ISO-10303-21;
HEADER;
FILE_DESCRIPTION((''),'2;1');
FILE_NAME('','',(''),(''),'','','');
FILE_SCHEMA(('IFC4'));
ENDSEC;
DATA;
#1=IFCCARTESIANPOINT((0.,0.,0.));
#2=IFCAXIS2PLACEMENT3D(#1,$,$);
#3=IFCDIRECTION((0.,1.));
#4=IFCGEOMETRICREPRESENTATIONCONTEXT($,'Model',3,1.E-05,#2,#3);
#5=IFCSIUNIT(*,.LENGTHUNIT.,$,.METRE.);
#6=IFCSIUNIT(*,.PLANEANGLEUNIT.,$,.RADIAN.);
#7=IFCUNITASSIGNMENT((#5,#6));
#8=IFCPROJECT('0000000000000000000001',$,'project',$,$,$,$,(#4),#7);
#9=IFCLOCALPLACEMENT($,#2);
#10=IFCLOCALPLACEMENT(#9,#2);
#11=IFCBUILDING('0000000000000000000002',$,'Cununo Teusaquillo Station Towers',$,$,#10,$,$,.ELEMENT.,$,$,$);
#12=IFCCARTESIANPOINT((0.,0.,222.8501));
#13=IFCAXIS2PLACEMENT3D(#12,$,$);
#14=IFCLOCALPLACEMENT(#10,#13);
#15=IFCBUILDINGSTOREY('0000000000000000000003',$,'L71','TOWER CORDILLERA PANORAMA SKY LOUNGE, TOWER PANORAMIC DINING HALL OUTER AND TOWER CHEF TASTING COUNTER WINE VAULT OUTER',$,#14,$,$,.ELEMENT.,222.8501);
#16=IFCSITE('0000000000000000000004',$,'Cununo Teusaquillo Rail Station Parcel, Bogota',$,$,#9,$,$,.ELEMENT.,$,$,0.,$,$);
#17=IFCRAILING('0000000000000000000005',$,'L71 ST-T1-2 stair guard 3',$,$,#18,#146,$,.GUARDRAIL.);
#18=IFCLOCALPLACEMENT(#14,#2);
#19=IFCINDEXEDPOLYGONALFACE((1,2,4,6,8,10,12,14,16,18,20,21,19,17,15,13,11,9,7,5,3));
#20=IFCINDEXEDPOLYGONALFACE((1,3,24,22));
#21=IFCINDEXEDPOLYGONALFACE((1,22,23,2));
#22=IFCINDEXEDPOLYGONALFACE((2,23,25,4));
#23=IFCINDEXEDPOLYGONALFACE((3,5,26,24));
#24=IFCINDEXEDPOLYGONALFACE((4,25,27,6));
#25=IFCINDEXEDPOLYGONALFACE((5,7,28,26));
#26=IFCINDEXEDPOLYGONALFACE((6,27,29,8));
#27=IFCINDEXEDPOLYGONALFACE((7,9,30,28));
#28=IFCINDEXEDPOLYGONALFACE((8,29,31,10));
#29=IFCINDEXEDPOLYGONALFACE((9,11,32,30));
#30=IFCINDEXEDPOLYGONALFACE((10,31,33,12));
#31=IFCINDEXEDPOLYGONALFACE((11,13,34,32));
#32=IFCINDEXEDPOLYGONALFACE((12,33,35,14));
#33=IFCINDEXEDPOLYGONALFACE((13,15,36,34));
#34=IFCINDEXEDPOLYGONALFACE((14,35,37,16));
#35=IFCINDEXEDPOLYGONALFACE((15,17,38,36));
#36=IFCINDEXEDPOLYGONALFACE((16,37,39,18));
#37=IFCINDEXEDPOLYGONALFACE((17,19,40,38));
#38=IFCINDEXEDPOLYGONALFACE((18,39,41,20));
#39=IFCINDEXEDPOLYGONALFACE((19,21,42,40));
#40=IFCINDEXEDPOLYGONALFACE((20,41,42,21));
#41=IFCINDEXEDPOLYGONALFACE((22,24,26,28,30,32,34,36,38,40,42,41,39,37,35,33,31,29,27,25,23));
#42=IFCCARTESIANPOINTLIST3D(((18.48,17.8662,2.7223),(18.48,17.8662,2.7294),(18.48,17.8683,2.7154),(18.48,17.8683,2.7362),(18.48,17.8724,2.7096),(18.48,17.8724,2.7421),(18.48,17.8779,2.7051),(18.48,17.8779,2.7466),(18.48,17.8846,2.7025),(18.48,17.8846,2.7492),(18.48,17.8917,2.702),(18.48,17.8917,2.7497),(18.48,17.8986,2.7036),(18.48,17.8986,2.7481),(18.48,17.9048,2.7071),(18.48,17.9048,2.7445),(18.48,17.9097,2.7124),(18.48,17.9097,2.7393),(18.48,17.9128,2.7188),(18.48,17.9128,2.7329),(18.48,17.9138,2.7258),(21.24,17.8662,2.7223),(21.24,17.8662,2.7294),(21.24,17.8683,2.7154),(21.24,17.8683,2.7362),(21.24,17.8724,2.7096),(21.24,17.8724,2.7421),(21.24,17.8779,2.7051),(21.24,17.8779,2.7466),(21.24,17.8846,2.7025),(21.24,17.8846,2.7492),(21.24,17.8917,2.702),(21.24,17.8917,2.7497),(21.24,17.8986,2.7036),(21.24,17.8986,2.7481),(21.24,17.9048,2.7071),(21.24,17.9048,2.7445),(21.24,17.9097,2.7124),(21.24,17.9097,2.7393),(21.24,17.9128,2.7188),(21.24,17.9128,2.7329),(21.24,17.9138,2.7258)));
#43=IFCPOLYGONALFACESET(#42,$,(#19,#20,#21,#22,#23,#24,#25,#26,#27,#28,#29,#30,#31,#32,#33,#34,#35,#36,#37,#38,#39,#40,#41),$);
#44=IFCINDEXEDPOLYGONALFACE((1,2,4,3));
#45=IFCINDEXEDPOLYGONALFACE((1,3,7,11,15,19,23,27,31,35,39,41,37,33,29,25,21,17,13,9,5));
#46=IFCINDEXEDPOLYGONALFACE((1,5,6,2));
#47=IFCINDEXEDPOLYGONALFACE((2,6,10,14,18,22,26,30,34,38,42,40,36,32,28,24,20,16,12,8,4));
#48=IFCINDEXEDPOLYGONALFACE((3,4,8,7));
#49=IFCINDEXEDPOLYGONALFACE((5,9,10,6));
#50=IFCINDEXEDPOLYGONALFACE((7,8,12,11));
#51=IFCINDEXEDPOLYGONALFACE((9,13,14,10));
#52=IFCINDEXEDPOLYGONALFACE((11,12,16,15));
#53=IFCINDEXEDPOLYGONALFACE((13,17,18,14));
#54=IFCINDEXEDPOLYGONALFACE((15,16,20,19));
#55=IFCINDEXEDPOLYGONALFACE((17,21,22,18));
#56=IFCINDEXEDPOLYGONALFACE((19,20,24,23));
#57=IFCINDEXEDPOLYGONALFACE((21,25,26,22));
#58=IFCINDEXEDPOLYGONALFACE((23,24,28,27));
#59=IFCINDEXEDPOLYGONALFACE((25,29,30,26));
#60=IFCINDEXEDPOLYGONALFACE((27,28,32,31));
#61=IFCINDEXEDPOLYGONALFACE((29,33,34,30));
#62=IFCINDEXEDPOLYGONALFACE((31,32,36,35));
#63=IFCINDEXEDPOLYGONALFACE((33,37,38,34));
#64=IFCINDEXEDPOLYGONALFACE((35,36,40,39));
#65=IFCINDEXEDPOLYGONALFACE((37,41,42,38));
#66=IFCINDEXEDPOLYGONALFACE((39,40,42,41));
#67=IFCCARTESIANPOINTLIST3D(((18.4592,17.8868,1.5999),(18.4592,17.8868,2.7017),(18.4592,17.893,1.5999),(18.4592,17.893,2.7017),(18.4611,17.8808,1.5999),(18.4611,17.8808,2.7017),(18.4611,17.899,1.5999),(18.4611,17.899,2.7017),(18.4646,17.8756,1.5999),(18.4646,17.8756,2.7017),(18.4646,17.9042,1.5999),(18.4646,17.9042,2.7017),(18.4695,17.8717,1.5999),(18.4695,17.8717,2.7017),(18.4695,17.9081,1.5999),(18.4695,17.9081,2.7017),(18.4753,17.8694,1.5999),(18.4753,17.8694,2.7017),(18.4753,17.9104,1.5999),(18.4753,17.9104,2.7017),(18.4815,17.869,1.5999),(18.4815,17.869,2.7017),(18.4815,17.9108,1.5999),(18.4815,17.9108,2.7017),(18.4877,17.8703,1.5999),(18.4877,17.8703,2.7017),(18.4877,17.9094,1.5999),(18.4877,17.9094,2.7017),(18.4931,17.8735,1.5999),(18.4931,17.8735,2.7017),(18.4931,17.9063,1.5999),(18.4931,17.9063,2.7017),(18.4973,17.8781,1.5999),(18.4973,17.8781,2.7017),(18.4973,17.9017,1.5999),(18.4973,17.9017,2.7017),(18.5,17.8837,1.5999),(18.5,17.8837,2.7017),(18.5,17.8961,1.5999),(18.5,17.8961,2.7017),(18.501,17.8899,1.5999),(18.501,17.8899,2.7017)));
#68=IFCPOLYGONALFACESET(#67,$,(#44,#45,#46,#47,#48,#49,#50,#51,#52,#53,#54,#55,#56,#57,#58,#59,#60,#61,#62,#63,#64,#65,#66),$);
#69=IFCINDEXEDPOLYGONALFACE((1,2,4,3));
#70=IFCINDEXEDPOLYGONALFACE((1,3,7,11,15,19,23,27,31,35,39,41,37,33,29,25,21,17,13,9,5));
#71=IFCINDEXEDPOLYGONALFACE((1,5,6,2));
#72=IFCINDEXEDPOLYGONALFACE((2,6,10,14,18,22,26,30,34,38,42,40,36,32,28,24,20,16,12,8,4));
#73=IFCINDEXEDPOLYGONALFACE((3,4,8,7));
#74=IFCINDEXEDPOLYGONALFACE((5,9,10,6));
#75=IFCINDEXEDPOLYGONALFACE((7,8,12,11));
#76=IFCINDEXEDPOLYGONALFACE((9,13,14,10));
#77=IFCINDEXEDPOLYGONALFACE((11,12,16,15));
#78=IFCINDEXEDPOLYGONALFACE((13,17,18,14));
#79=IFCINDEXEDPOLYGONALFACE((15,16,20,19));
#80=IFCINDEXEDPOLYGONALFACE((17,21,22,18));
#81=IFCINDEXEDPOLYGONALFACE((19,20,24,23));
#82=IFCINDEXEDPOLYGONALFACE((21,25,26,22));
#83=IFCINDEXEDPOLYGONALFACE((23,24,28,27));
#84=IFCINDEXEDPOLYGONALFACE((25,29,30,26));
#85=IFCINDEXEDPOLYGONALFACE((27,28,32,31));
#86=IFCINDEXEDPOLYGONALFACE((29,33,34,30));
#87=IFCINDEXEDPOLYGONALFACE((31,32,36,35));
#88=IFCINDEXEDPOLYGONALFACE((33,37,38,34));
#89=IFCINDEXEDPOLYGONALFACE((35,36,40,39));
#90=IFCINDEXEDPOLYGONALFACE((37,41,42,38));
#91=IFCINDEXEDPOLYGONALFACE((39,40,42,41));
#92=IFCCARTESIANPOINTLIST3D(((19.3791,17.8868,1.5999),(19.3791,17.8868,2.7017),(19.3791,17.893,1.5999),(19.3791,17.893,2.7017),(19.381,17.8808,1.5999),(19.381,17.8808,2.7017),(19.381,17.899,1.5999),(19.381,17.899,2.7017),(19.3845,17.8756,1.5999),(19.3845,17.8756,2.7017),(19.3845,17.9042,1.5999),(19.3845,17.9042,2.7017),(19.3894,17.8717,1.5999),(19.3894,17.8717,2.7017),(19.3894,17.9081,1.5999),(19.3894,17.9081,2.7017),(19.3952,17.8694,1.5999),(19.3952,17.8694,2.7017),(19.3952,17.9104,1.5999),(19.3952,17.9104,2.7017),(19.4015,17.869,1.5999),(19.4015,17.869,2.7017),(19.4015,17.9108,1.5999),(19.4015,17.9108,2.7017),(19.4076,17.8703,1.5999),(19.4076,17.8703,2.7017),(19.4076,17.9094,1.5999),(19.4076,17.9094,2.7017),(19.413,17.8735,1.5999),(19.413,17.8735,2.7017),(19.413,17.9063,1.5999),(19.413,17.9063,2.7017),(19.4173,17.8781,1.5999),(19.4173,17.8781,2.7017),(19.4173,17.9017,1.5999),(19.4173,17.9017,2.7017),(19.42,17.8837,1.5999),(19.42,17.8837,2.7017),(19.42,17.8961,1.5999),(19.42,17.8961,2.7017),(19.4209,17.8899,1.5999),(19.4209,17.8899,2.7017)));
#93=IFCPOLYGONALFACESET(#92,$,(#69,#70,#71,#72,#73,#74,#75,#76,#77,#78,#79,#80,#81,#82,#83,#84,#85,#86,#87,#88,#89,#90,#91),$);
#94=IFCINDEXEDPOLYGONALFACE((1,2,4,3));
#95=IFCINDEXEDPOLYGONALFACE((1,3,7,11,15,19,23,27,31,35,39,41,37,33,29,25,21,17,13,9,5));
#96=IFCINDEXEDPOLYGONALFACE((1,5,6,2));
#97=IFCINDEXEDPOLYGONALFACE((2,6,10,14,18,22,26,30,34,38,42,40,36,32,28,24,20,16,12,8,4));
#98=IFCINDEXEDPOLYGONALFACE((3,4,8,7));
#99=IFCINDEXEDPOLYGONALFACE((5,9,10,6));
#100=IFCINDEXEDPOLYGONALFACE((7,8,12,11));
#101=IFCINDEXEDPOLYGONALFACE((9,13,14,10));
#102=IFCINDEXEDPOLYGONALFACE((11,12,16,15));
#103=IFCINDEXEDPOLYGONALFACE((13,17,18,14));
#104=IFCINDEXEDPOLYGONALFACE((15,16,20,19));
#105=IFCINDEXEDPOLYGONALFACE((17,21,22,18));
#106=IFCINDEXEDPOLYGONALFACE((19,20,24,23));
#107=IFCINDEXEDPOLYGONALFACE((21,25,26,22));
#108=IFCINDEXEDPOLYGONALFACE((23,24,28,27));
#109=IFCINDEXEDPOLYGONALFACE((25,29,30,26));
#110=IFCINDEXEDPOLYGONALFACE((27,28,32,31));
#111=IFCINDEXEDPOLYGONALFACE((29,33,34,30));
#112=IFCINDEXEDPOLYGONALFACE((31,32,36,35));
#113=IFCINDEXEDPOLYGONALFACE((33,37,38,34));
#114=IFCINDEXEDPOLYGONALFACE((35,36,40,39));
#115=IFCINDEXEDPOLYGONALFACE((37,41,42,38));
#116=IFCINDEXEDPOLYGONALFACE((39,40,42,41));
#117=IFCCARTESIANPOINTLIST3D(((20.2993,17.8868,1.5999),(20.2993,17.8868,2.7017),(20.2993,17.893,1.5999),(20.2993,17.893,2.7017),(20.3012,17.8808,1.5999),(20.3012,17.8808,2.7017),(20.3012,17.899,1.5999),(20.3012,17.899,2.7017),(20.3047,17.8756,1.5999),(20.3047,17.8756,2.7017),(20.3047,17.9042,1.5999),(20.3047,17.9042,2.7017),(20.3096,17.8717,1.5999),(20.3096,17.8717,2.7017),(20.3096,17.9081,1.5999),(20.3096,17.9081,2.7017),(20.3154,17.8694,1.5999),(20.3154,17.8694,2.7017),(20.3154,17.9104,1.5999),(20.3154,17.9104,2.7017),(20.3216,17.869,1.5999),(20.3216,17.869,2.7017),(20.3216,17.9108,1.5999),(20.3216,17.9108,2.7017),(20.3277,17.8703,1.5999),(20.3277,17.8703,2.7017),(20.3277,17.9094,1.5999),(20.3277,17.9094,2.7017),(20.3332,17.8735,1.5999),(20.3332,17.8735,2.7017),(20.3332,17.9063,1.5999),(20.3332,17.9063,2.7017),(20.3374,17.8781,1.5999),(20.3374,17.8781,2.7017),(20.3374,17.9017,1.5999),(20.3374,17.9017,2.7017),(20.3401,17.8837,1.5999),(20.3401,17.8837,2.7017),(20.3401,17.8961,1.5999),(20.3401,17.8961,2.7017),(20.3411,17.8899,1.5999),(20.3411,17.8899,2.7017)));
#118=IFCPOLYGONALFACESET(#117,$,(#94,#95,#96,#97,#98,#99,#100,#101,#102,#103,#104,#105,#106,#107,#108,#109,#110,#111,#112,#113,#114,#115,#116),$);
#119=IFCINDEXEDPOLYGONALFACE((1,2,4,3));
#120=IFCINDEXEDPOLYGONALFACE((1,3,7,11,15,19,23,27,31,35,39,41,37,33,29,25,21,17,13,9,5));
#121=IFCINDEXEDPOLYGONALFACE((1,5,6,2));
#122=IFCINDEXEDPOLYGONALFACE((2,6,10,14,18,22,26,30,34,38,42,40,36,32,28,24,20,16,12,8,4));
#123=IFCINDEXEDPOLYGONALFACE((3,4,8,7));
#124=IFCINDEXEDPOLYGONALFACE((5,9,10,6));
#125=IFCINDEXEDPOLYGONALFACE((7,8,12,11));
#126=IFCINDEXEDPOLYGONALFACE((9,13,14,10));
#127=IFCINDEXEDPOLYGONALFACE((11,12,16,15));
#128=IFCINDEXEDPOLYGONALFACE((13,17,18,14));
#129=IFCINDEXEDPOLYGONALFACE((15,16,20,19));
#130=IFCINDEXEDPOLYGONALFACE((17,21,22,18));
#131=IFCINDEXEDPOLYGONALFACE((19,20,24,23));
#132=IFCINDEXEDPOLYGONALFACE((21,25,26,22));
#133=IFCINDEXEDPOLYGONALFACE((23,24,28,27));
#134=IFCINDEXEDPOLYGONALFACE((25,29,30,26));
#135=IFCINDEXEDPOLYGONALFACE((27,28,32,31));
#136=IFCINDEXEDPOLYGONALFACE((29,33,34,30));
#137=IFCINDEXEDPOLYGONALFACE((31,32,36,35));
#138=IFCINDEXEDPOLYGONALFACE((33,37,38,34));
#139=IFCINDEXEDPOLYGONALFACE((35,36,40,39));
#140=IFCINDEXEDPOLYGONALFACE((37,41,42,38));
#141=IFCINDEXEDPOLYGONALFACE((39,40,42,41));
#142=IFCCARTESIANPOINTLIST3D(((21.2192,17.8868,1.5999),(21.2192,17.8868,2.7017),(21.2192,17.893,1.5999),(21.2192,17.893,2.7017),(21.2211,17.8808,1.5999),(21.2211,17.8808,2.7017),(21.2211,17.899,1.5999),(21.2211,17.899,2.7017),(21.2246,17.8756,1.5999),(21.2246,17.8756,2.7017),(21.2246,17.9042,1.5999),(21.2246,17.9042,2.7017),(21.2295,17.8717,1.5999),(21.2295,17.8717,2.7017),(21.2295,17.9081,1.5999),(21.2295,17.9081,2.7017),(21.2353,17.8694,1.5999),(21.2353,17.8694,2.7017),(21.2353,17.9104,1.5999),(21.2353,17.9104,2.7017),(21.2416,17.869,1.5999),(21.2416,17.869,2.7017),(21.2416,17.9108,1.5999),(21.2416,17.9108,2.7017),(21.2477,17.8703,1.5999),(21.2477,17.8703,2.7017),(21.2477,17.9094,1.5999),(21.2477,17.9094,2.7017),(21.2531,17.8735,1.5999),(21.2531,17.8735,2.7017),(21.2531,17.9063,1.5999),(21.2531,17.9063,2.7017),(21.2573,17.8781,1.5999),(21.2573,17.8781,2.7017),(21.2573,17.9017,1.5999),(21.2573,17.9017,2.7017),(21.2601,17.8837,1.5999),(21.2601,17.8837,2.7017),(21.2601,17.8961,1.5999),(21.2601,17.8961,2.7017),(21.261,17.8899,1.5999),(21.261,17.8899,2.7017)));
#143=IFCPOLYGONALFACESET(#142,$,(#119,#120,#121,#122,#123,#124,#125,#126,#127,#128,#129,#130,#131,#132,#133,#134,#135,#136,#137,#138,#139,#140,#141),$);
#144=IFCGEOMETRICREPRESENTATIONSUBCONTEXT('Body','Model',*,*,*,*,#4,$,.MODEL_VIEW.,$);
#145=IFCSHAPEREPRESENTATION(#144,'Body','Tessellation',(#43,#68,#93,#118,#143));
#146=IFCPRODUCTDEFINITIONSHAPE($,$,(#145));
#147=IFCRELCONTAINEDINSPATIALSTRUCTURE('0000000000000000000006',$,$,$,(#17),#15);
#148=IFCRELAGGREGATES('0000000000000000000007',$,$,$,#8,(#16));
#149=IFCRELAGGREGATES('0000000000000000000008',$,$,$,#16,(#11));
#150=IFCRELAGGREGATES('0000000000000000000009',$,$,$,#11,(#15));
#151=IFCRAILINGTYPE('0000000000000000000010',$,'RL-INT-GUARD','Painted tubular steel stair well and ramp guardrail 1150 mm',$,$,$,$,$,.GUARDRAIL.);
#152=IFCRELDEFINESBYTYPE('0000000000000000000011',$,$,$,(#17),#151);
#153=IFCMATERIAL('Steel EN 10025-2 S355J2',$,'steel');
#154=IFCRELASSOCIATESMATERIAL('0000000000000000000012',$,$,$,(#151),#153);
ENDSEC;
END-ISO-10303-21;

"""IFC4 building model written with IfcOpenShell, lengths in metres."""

from ifc_helpers import new_model, si_unit, direction, frame, origin, origin_2d, place, context, subcontext, project, spatial, circle, extrude, material, type_object, element, save


model = new_model("IFC4")

# Units and contexts
model_context = context("Model", 3, precision=1e-05, world=origin(), true_north=direction((0.0, 1.0)))
body_context = subcontext(model_context, "Body", "Model", "MODEL_VIEW")
ifc_project = project(units=[si_unit("LENGTHUNIT", "METRE"), si_unit("PLANEANGLEUNIT", "RADIAN")], contexts=[model_context])

# Site, building, storey
site_placement = place(None, origin())
site = spatial("IfcSite", under=ifc_project, at=site_placement, Name="Cununo Teusaquillo Rail Station Parcel, Bogota", CompositionType="ELEMENT", RefElevation=0.0)
building_placement = place(site_placement, origin())
building = spatial("IfcBuilding", under=site, at=building_placement, Name="Cununo Teusaquillo Station Towers", CompositionType="ELEMENT")
storey_placement = place(building_placement, frame((0.0, 0.0, 222.8501)))
storey = spatial("IfcBuildingStorey", under=building, at=storey_placement, Name="L71", Description="TOWER CORDILLERA PANORAMA SKY LOUNGE, TOWER PANORAMIC DINING HALL OUTER AND TOWER CHEF TASTING COUNTER WINE VAULT OUTER", CompositionType="ELEMENT", Elevation=222.8501)

# Railing
ifc_material_1 = material(Name="Steel EN 10025-2 S355J2", Category="steel")
railing_type_1 = type_object("IfcRailingType", Name="RL-INT-GUARD", Description="Painted tubular steel stair well and ramp guardrail 1150 mm", PredefinedType="GUARDRAIL", material=ifc_material_1)
railing_1_placement = place(storey_placement, frame((18.48, 17.8899, 1.5999)))
element("IfcRailing", 1, at=railing_1_placement, inside=storey, type_object=railing_type_1, Name="L71 ST-T1-2 stair guard 3", PredefinedType="GUARDRAIL", context=body_context, shape_type="SweptSolid", body=[
    extrude(circle(Radius=0.0239, at=origin_2d()), frame((0.0, 0.0, 1.126), z_axis=(1.0, 0.0, 0.0), x_axis=(0.0, 1.0, 0.0)), (0.0, 0.0, 1.0), 2.76),
    extrude(circle(Radius=0.021, at=origin_2d()), origin(), (0.0, 0.0, 1.0), 1.1018),
    extrude(circle(Radius=0.021, at=origin_2d()), frame((0.9199, 0.0, 0.0)), (0.0, 0.0, 1.0), 1.1018),
    extrude(circle(Radius=0.021, at=origin_2d()), frame((1.8401, 0.0, 0.0)), (0.0, 0.0, 1.0), 1.1018),
    extrude(circle(Radius=0.021, at=origin_2d()), frame((2.76, 0.0, 0.0)), (0.0, 0.0, 1.0), 1.1018),
])

save(model, "model.ifc")
